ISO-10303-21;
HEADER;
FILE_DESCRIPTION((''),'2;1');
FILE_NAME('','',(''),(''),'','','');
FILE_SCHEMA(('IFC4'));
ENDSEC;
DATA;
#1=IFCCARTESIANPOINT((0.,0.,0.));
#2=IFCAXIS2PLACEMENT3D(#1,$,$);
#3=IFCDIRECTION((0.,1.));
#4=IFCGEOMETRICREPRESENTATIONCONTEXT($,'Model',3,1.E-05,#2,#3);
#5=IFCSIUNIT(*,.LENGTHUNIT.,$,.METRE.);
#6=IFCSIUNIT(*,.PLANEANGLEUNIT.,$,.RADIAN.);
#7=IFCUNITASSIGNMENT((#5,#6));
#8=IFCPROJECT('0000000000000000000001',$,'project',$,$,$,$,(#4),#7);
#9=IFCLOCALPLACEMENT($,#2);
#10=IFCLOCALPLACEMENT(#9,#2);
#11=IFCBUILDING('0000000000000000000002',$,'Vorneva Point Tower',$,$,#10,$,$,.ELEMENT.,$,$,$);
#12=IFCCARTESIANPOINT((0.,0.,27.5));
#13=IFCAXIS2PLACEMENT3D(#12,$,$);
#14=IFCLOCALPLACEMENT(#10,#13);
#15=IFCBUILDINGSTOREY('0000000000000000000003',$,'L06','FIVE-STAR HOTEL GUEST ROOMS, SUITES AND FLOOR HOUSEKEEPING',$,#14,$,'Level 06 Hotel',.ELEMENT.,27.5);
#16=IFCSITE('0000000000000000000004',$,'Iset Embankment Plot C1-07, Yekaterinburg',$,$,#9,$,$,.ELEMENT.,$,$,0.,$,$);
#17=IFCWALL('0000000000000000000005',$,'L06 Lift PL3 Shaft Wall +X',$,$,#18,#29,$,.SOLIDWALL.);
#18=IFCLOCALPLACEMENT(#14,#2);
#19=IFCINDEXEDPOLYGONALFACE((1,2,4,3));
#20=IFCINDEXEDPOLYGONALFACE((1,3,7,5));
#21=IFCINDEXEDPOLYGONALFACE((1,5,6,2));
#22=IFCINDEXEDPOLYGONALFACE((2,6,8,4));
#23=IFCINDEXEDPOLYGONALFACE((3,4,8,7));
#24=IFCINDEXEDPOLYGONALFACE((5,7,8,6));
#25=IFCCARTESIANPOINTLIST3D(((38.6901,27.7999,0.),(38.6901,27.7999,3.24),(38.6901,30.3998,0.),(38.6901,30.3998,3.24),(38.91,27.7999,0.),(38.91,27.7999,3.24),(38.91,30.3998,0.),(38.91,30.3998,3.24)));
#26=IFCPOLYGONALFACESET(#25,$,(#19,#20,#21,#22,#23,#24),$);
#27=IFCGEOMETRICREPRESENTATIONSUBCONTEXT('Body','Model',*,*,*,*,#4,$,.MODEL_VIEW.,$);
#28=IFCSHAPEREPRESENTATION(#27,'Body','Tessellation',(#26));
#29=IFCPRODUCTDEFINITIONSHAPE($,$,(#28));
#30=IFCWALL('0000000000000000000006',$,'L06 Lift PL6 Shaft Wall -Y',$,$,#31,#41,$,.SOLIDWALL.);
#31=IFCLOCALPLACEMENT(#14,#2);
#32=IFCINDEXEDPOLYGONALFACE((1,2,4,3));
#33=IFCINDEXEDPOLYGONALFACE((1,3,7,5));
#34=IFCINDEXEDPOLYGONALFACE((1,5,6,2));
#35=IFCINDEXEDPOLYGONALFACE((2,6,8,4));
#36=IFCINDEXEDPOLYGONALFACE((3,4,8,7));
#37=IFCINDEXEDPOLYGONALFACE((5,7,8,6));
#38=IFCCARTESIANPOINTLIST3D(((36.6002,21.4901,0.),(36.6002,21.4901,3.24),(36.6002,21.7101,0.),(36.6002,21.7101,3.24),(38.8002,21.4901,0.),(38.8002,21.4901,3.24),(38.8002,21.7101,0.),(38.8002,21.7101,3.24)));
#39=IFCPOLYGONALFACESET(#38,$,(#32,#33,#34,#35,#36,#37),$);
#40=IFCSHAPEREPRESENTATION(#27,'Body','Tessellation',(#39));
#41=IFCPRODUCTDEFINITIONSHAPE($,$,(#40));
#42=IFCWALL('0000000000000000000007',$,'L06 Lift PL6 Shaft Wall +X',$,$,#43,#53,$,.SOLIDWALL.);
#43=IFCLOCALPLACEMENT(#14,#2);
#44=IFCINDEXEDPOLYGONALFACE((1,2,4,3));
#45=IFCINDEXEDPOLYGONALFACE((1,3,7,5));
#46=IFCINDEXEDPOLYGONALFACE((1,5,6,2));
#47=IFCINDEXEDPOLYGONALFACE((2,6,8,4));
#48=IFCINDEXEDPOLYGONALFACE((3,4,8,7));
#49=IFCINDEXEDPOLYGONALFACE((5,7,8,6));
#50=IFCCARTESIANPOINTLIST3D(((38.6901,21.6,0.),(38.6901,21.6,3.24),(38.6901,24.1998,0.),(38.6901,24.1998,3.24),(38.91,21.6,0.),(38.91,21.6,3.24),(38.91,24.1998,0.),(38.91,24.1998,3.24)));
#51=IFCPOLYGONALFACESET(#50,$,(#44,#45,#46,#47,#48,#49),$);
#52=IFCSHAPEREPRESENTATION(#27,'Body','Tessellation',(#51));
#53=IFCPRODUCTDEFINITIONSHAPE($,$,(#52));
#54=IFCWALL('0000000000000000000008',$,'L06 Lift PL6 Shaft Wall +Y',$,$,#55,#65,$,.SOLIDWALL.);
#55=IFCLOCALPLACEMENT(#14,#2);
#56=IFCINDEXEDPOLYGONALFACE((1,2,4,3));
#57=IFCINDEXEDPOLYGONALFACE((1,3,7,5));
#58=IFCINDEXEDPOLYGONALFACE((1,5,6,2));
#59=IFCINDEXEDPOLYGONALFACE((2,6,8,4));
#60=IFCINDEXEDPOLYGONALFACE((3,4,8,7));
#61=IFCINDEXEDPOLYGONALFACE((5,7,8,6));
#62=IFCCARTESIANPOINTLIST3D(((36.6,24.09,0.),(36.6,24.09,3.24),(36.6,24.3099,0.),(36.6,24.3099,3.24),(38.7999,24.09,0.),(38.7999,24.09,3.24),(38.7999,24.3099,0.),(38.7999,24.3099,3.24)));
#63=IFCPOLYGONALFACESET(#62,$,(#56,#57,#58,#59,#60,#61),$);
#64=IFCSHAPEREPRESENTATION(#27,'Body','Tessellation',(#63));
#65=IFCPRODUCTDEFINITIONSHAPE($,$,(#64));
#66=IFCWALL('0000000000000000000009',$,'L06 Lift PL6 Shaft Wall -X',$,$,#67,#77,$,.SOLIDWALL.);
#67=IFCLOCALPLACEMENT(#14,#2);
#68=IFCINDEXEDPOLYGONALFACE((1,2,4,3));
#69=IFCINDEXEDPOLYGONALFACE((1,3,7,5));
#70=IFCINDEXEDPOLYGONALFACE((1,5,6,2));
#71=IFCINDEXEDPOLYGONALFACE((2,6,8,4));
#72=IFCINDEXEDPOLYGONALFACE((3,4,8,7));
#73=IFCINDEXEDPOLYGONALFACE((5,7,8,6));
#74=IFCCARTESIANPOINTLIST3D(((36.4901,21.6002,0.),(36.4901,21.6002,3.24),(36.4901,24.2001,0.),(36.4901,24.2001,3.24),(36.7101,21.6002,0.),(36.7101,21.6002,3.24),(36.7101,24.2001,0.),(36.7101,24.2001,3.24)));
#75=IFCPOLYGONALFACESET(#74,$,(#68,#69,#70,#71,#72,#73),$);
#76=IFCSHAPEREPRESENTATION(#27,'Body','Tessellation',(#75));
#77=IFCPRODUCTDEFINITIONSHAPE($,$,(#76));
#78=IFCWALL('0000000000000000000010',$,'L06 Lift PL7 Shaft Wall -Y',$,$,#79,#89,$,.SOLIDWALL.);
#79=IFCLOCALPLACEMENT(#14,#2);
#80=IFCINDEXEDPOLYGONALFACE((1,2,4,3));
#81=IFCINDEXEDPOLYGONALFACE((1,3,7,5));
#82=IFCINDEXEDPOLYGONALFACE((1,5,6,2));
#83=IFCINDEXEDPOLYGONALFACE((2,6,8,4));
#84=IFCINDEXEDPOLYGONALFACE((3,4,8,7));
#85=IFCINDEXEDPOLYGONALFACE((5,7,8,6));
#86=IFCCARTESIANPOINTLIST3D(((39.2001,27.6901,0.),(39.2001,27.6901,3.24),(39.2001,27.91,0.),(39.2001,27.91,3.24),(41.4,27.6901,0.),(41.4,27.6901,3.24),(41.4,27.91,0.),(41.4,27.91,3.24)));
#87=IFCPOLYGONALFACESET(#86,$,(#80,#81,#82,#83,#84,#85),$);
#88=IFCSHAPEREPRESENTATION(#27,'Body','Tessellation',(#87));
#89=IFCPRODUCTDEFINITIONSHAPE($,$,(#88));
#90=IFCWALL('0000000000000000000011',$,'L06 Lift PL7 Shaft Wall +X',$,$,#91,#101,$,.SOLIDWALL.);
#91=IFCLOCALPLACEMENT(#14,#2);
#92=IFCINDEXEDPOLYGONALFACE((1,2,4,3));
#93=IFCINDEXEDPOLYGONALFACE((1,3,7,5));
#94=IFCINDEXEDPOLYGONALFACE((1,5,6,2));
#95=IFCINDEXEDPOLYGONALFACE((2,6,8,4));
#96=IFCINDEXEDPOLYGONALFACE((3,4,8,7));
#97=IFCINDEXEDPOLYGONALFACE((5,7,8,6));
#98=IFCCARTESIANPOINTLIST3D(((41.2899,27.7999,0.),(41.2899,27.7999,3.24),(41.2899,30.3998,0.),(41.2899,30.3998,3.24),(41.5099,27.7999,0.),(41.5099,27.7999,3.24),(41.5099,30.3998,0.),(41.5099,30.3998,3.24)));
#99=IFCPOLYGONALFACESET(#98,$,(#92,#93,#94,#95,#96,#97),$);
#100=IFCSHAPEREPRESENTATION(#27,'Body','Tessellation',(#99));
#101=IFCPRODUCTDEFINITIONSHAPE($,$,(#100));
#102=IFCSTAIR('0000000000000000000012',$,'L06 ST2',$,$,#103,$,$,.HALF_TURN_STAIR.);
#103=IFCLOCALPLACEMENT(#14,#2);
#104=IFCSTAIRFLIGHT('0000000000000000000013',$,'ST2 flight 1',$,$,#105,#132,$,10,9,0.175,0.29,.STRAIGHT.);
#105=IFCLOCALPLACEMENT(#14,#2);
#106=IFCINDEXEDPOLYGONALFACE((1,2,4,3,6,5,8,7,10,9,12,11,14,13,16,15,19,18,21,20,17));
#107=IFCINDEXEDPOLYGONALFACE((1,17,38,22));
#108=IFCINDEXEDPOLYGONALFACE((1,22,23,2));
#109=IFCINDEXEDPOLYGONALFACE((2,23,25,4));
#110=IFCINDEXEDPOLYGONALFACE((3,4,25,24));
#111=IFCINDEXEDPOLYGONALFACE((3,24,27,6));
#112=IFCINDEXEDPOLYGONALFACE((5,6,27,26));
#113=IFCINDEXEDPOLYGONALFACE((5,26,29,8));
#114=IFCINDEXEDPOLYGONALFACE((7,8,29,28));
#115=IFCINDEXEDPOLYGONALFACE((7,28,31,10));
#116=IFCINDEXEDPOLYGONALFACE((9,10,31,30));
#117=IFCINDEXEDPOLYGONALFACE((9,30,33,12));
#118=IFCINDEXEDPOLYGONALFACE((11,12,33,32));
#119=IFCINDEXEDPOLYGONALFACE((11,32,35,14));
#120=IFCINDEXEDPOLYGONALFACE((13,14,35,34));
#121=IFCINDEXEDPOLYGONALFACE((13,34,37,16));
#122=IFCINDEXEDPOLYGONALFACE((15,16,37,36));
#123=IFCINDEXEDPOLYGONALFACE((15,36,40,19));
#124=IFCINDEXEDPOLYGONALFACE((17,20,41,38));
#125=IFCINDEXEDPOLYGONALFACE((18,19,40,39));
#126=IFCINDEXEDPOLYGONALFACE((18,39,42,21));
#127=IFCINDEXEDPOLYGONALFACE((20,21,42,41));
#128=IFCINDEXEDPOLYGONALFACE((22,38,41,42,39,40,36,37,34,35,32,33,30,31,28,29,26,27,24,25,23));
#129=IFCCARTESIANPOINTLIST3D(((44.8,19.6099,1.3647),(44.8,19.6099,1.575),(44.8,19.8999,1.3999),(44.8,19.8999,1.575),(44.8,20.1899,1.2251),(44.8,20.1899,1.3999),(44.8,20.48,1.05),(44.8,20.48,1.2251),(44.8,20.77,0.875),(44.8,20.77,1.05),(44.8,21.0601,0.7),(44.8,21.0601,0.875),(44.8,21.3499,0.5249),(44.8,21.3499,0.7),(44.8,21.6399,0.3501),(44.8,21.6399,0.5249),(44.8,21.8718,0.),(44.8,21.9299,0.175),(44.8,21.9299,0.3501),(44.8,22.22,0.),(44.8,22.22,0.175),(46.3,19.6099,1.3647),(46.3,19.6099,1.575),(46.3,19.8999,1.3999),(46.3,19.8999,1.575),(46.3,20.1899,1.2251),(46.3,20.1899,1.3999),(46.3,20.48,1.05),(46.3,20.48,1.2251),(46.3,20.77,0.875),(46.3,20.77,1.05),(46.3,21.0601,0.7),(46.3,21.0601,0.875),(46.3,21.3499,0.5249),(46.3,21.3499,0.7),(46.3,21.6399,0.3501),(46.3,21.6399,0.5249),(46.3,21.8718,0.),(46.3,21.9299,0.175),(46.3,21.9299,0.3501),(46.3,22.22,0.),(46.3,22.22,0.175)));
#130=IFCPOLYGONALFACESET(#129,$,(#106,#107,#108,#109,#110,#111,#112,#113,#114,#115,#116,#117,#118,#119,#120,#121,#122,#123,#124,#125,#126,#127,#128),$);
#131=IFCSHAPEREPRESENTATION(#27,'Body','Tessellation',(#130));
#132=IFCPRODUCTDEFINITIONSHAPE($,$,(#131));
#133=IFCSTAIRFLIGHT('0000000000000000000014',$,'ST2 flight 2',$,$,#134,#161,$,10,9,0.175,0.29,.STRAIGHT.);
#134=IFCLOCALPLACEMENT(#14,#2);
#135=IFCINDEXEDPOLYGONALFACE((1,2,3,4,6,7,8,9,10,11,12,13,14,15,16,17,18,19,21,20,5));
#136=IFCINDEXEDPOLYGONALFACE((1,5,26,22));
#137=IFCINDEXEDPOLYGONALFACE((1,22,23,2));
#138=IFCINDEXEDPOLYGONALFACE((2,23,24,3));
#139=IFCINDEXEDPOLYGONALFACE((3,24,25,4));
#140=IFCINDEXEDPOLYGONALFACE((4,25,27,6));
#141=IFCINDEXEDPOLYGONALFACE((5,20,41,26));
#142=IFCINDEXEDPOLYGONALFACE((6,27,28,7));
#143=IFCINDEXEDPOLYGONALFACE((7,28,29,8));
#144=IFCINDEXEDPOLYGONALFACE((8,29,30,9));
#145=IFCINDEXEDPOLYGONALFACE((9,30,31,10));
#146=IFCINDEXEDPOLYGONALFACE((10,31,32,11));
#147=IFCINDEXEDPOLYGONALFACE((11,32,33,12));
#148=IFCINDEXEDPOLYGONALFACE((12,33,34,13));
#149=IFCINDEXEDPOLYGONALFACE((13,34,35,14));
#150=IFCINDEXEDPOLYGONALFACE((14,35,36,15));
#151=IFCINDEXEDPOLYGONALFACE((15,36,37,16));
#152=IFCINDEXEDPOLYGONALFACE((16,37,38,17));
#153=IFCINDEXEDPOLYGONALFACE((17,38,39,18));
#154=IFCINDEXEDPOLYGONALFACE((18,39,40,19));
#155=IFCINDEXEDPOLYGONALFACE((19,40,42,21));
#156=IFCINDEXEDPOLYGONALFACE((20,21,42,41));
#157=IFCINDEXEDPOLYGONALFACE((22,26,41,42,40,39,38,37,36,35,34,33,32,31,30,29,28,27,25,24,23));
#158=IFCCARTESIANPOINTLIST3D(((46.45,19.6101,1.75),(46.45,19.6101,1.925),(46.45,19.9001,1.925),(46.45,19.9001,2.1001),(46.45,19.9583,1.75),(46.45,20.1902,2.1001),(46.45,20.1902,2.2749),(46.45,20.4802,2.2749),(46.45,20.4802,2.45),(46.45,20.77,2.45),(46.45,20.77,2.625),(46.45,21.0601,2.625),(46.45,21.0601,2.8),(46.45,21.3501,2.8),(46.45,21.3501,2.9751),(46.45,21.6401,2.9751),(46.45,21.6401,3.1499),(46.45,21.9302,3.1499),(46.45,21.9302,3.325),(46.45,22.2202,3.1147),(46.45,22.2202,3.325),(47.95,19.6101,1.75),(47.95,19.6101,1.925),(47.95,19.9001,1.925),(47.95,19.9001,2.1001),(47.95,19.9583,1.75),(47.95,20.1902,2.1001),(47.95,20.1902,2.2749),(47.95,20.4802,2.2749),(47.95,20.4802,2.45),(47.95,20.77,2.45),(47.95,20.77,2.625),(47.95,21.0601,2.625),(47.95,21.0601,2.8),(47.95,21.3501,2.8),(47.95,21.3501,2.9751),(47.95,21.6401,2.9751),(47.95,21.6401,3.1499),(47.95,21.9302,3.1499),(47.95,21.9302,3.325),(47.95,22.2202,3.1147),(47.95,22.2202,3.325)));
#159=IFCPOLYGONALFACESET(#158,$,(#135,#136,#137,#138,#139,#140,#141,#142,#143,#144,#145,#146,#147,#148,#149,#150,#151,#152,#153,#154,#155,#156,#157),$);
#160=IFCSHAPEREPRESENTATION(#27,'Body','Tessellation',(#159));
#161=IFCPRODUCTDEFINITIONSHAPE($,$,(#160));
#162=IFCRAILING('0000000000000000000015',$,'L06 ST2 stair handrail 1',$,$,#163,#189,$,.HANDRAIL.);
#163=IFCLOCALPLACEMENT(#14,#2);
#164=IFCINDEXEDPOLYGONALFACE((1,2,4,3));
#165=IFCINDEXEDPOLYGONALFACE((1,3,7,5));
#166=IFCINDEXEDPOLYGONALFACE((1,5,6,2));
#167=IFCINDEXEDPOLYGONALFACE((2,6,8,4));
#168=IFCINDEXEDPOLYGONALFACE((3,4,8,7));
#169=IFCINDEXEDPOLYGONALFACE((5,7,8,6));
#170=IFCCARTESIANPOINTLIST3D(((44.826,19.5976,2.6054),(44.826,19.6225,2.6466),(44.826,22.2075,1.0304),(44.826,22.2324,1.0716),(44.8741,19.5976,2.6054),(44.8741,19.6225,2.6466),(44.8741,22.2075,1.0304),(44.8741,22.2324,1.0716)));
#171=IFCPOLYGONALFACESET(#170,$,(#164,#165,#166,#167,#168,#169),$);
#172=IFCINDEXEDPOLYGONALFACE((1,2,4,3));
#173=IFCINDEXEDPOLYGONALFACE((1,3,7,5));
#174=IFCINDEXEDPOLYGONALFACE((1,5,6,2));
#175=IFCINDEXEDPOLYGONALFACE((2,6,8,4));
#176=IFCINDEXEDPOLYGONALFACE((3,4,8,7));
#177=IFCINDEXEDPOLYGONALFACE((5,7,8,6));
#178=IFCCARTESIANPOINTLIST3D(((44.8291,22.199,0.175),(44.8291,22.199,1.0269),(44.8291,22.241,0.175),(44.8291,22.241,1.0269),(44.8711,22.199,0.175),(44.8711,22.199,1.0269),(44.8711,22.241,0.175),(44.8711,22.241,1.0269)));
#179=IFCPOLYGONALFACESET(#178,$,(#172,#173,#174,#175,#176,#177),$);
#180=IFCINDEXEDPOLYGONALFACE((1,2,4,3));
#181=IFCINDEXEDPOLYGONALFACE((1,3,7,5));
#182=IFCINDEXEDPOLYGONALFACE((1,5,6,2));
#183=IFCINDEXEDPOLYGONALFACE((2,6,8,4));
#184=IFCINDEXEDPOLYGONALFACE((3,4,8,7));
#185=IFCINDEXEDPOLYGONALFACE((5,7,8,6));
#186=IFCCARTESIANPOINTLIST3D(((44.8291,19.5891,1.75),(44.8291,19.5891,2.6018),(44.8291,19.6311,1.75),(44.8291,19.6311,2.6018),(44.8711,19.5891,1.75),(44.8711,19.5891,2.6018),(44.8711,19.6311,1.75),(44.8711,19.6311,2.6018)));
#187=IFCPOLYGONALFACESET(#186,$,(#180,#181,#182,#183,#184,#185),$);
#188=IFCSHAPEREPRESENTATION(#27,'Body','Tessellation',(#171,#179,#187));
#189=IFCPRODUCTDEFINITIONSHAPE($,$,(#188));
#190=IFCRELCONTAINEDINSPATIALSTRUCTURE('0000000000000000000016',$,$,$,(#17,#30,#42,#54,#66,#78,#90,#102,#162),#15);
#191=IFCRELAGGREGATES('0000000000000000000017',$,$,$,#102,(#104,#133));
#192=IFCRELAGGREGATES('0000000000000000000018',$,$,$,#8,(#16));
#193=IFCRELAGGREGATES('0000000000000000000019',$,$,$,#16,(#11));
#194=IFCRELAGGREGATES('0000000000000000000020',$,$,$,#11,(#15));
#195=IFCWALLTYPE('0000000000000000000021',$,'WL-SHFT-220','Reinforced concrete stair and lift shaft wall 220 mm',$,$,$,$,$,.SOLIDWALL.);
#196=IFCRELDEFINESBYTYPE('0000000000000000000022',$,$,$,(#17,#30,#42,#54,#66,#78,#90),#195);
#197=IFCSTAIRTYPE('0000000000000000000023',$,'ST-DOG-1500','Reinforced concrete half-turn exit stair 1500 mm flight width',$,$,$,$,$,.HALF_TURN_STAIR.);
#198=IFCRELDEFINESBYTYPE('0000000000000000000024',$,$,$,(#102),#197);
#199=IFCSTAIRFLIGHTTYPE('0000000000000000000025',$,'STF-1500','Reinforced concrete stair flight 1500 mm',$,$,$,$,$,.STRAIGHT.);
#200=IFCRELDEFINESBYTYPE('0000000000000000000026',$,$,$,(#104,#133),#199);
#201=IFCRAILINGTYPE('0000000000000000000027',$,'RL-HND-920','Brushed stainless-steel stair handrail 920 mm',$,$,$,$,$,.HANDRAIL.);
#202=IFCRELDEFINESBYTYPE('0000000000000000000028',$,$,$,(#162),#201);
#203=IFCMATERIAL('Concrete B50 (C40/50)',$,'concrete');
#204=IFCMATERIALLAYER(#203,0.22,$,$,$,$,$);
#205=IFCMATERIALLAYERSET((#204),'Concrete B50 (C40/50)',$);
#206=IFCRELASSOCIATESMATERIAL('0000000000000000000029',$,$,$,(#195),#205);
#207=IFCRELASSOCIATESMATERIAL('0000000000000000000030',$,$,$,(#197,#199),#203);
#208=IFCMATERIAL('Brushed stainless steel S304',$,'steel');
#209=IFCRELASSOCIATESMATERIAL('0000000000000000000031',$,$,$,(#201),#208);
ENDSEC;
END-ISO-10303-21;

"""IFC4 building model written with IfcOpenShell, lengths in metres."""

from ifc_helpers import new_model, si_unit, direction, frame, frame_2d, origin, origin_2d, place, context, subcontext, project, spatial, polyline, rectangle, outline, extrude, material, layer, layer_set, type_object, element, aggregate, save


model = new_model("IFC4")

# Units and contexts
model_context = context("Model", 3, precision=1e-05, world=origin(), true_north=direction((0.0, 1.0)))
body_context = subcontext(model_context, "Body", "Model", "MODEL_VIEW")
ifc_project = project(units=[si_unit("LENGTHUNIT", "METRE"), si_unit("PLANEANGLEUNIT", "RADIAN")], contexts=[model_context])

# Site, building, storey
site_placement = place(None, origin())
site = spatial("IfcSite", under=ifc_project, at=site_placement, Name="Iset Embankment Plot C1-07, Yekaterinburg", CompositionType="ELEMENT", RefElevation=0.0)
building_placement = place(site_placement, origin())
building = spatial("IfcBuilding", under=site, at=building_placement, Name="Vorneva Point Tower", CompositionType="ELEMENT")
storey_placement = place(building_placement, frame((0.0, 0.0, 27.5)))
storey = spatial("IfcBuildingStorey", under=building, at=storey_placement, Name="L06", Description="FIVE-STAR HOTEL GUEST ROOMS, SUITES AND FLOOR HOUSEKEEPING", LongName="Level 06 Hotel", CompositionType="ELEMENT", Elevation=27.5)

# Shared definitions
ifc_material_1 = material(Name="Concrete B50 (C40/50)", Category="concrete")
ifc_layer_1 = layer(ifc_material_1, 0.22)
ifc_layer_set_1 = layer_set([ifc_layer_1], Name="Concrete B50 (C40/50)")
wall_type_1 = type_object("IfcWallType", Name="WL-SHFT-220", Description="Reinforced concrete stair and lift shaft wall 220 mm", PredefinedType="SOLIDWALL", material=ifc_layer_set_1)

# Shared definitions
ifc_material_2 = material(Name="Brushed stainless steel S304", Category="steel")

# Walls
wall_1_placement = place(storey_placement, frame((38.8, 27.8, 0.0), z_axis=(0.0, 0.0, 1.0), x_axis=(0.0, 1.0, 0.0)))
element("IfcWall", 1, at=wall_1_placement, inside=storey, type_object=wall_type_1, Name="L06 Lift PL3 Shaft Wall +X", PredefinedType="SOLIDWALL", context=body_context, shape_type="SweptSolid", body=[
    extrude(rectangle(XDim=2.5999, YDim=0.22, at=frame_2d((1.2998, 0.0))), origin(), (0.0, 0.0, 1.0), 3.24),
])
wall_2_placement = place(storey_placement, frame((36.6001, 21.6001, 0.0), z_axis=(0.0, 0.0, 1.0), x_axis=(1.0, 0.0, 0.0)))
element("IfcWall", 2, at=wall_2_placement, inside=storey, type_object=wall_type_1, Name="L06 Lift PL6 Shaft Wall -Y", PredefinedType="SOLIDWALL", context=body_context, shape_type="SweptSolid", body=[
    extrude(rectangle(XDim=2.2, YDim=0.22, at=frame_2d((1.1001, 0.0))), origin(), (0.0, 0.0, 1.0), 3.24),
])
wall_3_placement = place(storey_placement, frame((38.8, 21.6001, 0.0), z_axis=(0.0, 0.0, 1.0), x_axis=(0.0, 1.0, 0.0)))
element("IfcWall", 3, at=wall_3_placement, inside=storey, type_object=wall_type_1, Name="L06 Lift PL6 Shaft Wall +X", PredefinedType="SOLIDWALL", context=body_context, shape_type="SweptSolid", body=[
    extrude(rectangle(XDim=2.5999, YDim=0.22, at=frame_2d((1.2998, 0.0))), origin(), (0.0, 0.0, 1.0), 3.24),
])
wall_4_placement = place(storey_placement, frame((38.8, 24.2, 0.0), z_axis=(0.0, 0.0, 1.0), x_axis=(-1.0, 0.0, 0.0)))
element("IfcWall", 4, at=wall_4_placement, inside=storey, type_object=wall_type_1, Name="L06 Lift PL6 Shaft Wall +Y", PredefinedType="SOLIDWALL", context=body_context, shape_type="SweptSolid", body=[
    extrude(rectangle(XDim=2.2, YDim=0.22, at=frame_2d((1.1001, 0.0))), origin(), (0.0, 0.0, 1.0), 3.24),
])
wall_5_placement = place(storey_placement, frame((36.6001, 24.2, 0.0), z_axis=(0.0, 0.0, 1.0), x_axis=(0.0, -1.0, 0.0)))
element("IfcWall", 5, at=wall_5_placement, inside=storey, type_object=wall_type_1, Name="L06 Lift PL6 Shaft Wall -X", PredefinedType="SOLIDWALL", context=body_context, shape_type="SweptSolid", body=[
    extrude(rectangle(XDim=2.5999, YDim=0.22, at=frame_2d((1.2998, 0.0))), origin(), (0.0, 0.0, 1.0), 3.24),
])
wall_6_placement = place(storey_placement, frame((39.2, 27.8, 0.0), z_axis=(0.0, 0.0, 1.0), x_axis=(1.0, 0.0, 0.0)))
element("IfcWall", 6, at=wall_6_placement, inside=storey, type_object=wall_type_1, Name="L06 Lift PL7 Shaft Wall -Y", PredefinedType="SOLIDWALL", context=body_context, shape_type="SweptSolid", body=[
    extrude(rectangle(XDim=2.2, YDim=0.22, at=frame_2d((1.1001, 0.0))), origin(), (0.0, 0.0, 1.0), 3.24),
])
wall_7_placement = place(storey_placement, frame((41.3999, 27.8, 0.0), z_axis=(0.0, 0.0, 1.0), x_axis=(0.0, 1.0, 0.0)))
element("IfcWall", 7, at=wall_7_placement, inside=storey, type_object=wall_type_1, Name="L06 Lift PL7 Shaft Wall +X", PredefinedType="SOLIDWALL", context=body_context, shape_type="SweptSolid", body=[
    extrude(rectangle(XDim=2.5999, YDim=0.22, at=frame_2d((1.2998, 0.0))), origin(), (0.0, 0.0, 1.0), 3.24),
])

# Stair, stair flights
stair_type = type_object("IfcStairType", Name="ST-DOG-1500", Description="Reinforced concrete half-turn exit stair 1500 mm flight width", PredefinedType="HALF_TURN_STAIR", material=ifc_material_1)
stair_placement = place(storey_placement, origin())
stair = element("IfcStair", 8, at=stair_placement, inside=storey, type_object=stair_type, Name="L06 ST2", PredefinedType="HALF_TURN_STAIR")
stair_flight_type = type_object("IfcStairFlightType", Name="STF-1500", Description="Reinforced concrete stair flight 1500 mm", PredefinedType="STRAIGHT", material=ifc_material_1)
stair_flight_1_placement = place(storey_placement, frame((45.55, 22.22, 0.0), z_axis=(0.0, 0.0, 1.0), x_axis=(0.0, -1.0, 0.0)))
stair_flight_1 = element("IfcStairFlight", 9, at=stair_flight_1_placement, type_object=stair_flight_type, Name="ST2 flight 1", NumberOfRisers=10, NumberOfTreads=9, PredefinedType="STRAIGHT", RiserHeight=0.175, TreadLength=0.29, context=body_context, shape_type="SweptSolid", body=[
    extrude(outline(polyline([(0.0, 0.0), (0.0, 0.175), (0.29, 0.175), (0.29, 0.3501), (0.5801, 0.3501), (0.5801, 0.5249), (0.8701, 0.5249), (0.8701, 0.7), (1.1599, 0.7), (1.1599, 0.875), (1.45, 0.875), (1.45, 1.05), (1.74, 1.05), (1.74, 1.2251), (2.03, 1.2251), (2.03, 1.3999), (2.3201, 1.3999), (2.3201, 1.575), (2.6101, 1.575), (2.6101, 1.75), (2.6101, 1.3647), (0.3481, 0.0), (0.0, 0.0)])), frame((0.0, 0.75, 0.0), z_axis=(0.0, -1.0, 0.0), x_axis=(1.0, 0.0, 0.0)), (0.0, 0.0, 1.0), 1.5),
])
stair_flight_2_placement = place(storey_placement, frame((47.2, 19.6101, 1.75), z_axis=(0.0, 0.0, 1.0), x_axis=(0.0, 1.0, 0.0)))
stair_flight_2 = element("IfcStairFlight", 10, at=stair_flight_2_placement, type_object=stair_flight_type, Name="ST2 flight 2", NumberOfRisers=10, NumberOfTreads=9, PredefinedType="STRAIGHT", RiserHeight=0.175, TreadLength=0.29, context=body_context, shape_type="SweptSolid", body=[
    extrude(outline(polyline([(0.0, 0.0), (0.0, 0.175), (0.29, 0.175), (0.29, 0.3501), (0.5801, 0.3501), (0.5801, 0.5249), (0.8701, 0.5249), (0.8701, 0.7), (1.1599, 0.7), (1.1599, 0.875), (1.45, 0.875), (1.45, 1.05), (1.74, 1.05), (1.74, 1.2251), (2.03, 1.2251), (2.03, 1.3999), (2.3201, 1.3999), (2.3201, 1.575), (2.6101, 1.575), (2.6101, 1.75), (2.6101, 1.3647), (0.3481, 0.0), (0.0, 0.0)])), frame((0.0, 0.75, 0.0), z_axis=(0.0, -1.0, 0.0), x_axis=(1.0, 0.0, 0.0)), (0.0, 0.0, 1.0), 1.5),
])
aggregate(stair, [stair_flight_1, stair_flight_2])

# Railing
railing_type_1 = type_object("IfcRailingType", Name="RL-HND-920", Description="Brushed stainless-steel stair handrail 920 mm", PredefinedType="HANDRAIL", material=ifc_material_2)
railing_1_placement = place(storey_placement, frame((44.8501, 22.22, 0.175)))
element("IfcRailing", 11, at=railing_1_placement, inside=storey, type_object=railing_type_1, Name="L06 ST2 stair handrail 1", PredefinedType="HANDRAIL", context=body_context, shape_type="SweptSolid", body=[
    extrude(rectangle(XDim=0.0481, YDim=0.0481, at=origin_2d()), frame((0.0, 0.0, 0.876), z_axis=(0.0, -0.856183, 0.516673), x_axis=(1.0, 0.0, 0.0)), (0.0, 0.0, 1.0), 3.0483),
    extrude(rectangle(XDim=0.042, YDim=0.042, at=origin_2d()), origin(), (0.0, 0.0, 1.0), 0.8518),
    extrude(rectangle(XDim=0.042, YDim=0.042, at=origin_2d()), frame((0.0, -2.6099, 1.575)), (0.0, 0.0, 1.0), 0.8518),
])

save(model, "model.ifc")
